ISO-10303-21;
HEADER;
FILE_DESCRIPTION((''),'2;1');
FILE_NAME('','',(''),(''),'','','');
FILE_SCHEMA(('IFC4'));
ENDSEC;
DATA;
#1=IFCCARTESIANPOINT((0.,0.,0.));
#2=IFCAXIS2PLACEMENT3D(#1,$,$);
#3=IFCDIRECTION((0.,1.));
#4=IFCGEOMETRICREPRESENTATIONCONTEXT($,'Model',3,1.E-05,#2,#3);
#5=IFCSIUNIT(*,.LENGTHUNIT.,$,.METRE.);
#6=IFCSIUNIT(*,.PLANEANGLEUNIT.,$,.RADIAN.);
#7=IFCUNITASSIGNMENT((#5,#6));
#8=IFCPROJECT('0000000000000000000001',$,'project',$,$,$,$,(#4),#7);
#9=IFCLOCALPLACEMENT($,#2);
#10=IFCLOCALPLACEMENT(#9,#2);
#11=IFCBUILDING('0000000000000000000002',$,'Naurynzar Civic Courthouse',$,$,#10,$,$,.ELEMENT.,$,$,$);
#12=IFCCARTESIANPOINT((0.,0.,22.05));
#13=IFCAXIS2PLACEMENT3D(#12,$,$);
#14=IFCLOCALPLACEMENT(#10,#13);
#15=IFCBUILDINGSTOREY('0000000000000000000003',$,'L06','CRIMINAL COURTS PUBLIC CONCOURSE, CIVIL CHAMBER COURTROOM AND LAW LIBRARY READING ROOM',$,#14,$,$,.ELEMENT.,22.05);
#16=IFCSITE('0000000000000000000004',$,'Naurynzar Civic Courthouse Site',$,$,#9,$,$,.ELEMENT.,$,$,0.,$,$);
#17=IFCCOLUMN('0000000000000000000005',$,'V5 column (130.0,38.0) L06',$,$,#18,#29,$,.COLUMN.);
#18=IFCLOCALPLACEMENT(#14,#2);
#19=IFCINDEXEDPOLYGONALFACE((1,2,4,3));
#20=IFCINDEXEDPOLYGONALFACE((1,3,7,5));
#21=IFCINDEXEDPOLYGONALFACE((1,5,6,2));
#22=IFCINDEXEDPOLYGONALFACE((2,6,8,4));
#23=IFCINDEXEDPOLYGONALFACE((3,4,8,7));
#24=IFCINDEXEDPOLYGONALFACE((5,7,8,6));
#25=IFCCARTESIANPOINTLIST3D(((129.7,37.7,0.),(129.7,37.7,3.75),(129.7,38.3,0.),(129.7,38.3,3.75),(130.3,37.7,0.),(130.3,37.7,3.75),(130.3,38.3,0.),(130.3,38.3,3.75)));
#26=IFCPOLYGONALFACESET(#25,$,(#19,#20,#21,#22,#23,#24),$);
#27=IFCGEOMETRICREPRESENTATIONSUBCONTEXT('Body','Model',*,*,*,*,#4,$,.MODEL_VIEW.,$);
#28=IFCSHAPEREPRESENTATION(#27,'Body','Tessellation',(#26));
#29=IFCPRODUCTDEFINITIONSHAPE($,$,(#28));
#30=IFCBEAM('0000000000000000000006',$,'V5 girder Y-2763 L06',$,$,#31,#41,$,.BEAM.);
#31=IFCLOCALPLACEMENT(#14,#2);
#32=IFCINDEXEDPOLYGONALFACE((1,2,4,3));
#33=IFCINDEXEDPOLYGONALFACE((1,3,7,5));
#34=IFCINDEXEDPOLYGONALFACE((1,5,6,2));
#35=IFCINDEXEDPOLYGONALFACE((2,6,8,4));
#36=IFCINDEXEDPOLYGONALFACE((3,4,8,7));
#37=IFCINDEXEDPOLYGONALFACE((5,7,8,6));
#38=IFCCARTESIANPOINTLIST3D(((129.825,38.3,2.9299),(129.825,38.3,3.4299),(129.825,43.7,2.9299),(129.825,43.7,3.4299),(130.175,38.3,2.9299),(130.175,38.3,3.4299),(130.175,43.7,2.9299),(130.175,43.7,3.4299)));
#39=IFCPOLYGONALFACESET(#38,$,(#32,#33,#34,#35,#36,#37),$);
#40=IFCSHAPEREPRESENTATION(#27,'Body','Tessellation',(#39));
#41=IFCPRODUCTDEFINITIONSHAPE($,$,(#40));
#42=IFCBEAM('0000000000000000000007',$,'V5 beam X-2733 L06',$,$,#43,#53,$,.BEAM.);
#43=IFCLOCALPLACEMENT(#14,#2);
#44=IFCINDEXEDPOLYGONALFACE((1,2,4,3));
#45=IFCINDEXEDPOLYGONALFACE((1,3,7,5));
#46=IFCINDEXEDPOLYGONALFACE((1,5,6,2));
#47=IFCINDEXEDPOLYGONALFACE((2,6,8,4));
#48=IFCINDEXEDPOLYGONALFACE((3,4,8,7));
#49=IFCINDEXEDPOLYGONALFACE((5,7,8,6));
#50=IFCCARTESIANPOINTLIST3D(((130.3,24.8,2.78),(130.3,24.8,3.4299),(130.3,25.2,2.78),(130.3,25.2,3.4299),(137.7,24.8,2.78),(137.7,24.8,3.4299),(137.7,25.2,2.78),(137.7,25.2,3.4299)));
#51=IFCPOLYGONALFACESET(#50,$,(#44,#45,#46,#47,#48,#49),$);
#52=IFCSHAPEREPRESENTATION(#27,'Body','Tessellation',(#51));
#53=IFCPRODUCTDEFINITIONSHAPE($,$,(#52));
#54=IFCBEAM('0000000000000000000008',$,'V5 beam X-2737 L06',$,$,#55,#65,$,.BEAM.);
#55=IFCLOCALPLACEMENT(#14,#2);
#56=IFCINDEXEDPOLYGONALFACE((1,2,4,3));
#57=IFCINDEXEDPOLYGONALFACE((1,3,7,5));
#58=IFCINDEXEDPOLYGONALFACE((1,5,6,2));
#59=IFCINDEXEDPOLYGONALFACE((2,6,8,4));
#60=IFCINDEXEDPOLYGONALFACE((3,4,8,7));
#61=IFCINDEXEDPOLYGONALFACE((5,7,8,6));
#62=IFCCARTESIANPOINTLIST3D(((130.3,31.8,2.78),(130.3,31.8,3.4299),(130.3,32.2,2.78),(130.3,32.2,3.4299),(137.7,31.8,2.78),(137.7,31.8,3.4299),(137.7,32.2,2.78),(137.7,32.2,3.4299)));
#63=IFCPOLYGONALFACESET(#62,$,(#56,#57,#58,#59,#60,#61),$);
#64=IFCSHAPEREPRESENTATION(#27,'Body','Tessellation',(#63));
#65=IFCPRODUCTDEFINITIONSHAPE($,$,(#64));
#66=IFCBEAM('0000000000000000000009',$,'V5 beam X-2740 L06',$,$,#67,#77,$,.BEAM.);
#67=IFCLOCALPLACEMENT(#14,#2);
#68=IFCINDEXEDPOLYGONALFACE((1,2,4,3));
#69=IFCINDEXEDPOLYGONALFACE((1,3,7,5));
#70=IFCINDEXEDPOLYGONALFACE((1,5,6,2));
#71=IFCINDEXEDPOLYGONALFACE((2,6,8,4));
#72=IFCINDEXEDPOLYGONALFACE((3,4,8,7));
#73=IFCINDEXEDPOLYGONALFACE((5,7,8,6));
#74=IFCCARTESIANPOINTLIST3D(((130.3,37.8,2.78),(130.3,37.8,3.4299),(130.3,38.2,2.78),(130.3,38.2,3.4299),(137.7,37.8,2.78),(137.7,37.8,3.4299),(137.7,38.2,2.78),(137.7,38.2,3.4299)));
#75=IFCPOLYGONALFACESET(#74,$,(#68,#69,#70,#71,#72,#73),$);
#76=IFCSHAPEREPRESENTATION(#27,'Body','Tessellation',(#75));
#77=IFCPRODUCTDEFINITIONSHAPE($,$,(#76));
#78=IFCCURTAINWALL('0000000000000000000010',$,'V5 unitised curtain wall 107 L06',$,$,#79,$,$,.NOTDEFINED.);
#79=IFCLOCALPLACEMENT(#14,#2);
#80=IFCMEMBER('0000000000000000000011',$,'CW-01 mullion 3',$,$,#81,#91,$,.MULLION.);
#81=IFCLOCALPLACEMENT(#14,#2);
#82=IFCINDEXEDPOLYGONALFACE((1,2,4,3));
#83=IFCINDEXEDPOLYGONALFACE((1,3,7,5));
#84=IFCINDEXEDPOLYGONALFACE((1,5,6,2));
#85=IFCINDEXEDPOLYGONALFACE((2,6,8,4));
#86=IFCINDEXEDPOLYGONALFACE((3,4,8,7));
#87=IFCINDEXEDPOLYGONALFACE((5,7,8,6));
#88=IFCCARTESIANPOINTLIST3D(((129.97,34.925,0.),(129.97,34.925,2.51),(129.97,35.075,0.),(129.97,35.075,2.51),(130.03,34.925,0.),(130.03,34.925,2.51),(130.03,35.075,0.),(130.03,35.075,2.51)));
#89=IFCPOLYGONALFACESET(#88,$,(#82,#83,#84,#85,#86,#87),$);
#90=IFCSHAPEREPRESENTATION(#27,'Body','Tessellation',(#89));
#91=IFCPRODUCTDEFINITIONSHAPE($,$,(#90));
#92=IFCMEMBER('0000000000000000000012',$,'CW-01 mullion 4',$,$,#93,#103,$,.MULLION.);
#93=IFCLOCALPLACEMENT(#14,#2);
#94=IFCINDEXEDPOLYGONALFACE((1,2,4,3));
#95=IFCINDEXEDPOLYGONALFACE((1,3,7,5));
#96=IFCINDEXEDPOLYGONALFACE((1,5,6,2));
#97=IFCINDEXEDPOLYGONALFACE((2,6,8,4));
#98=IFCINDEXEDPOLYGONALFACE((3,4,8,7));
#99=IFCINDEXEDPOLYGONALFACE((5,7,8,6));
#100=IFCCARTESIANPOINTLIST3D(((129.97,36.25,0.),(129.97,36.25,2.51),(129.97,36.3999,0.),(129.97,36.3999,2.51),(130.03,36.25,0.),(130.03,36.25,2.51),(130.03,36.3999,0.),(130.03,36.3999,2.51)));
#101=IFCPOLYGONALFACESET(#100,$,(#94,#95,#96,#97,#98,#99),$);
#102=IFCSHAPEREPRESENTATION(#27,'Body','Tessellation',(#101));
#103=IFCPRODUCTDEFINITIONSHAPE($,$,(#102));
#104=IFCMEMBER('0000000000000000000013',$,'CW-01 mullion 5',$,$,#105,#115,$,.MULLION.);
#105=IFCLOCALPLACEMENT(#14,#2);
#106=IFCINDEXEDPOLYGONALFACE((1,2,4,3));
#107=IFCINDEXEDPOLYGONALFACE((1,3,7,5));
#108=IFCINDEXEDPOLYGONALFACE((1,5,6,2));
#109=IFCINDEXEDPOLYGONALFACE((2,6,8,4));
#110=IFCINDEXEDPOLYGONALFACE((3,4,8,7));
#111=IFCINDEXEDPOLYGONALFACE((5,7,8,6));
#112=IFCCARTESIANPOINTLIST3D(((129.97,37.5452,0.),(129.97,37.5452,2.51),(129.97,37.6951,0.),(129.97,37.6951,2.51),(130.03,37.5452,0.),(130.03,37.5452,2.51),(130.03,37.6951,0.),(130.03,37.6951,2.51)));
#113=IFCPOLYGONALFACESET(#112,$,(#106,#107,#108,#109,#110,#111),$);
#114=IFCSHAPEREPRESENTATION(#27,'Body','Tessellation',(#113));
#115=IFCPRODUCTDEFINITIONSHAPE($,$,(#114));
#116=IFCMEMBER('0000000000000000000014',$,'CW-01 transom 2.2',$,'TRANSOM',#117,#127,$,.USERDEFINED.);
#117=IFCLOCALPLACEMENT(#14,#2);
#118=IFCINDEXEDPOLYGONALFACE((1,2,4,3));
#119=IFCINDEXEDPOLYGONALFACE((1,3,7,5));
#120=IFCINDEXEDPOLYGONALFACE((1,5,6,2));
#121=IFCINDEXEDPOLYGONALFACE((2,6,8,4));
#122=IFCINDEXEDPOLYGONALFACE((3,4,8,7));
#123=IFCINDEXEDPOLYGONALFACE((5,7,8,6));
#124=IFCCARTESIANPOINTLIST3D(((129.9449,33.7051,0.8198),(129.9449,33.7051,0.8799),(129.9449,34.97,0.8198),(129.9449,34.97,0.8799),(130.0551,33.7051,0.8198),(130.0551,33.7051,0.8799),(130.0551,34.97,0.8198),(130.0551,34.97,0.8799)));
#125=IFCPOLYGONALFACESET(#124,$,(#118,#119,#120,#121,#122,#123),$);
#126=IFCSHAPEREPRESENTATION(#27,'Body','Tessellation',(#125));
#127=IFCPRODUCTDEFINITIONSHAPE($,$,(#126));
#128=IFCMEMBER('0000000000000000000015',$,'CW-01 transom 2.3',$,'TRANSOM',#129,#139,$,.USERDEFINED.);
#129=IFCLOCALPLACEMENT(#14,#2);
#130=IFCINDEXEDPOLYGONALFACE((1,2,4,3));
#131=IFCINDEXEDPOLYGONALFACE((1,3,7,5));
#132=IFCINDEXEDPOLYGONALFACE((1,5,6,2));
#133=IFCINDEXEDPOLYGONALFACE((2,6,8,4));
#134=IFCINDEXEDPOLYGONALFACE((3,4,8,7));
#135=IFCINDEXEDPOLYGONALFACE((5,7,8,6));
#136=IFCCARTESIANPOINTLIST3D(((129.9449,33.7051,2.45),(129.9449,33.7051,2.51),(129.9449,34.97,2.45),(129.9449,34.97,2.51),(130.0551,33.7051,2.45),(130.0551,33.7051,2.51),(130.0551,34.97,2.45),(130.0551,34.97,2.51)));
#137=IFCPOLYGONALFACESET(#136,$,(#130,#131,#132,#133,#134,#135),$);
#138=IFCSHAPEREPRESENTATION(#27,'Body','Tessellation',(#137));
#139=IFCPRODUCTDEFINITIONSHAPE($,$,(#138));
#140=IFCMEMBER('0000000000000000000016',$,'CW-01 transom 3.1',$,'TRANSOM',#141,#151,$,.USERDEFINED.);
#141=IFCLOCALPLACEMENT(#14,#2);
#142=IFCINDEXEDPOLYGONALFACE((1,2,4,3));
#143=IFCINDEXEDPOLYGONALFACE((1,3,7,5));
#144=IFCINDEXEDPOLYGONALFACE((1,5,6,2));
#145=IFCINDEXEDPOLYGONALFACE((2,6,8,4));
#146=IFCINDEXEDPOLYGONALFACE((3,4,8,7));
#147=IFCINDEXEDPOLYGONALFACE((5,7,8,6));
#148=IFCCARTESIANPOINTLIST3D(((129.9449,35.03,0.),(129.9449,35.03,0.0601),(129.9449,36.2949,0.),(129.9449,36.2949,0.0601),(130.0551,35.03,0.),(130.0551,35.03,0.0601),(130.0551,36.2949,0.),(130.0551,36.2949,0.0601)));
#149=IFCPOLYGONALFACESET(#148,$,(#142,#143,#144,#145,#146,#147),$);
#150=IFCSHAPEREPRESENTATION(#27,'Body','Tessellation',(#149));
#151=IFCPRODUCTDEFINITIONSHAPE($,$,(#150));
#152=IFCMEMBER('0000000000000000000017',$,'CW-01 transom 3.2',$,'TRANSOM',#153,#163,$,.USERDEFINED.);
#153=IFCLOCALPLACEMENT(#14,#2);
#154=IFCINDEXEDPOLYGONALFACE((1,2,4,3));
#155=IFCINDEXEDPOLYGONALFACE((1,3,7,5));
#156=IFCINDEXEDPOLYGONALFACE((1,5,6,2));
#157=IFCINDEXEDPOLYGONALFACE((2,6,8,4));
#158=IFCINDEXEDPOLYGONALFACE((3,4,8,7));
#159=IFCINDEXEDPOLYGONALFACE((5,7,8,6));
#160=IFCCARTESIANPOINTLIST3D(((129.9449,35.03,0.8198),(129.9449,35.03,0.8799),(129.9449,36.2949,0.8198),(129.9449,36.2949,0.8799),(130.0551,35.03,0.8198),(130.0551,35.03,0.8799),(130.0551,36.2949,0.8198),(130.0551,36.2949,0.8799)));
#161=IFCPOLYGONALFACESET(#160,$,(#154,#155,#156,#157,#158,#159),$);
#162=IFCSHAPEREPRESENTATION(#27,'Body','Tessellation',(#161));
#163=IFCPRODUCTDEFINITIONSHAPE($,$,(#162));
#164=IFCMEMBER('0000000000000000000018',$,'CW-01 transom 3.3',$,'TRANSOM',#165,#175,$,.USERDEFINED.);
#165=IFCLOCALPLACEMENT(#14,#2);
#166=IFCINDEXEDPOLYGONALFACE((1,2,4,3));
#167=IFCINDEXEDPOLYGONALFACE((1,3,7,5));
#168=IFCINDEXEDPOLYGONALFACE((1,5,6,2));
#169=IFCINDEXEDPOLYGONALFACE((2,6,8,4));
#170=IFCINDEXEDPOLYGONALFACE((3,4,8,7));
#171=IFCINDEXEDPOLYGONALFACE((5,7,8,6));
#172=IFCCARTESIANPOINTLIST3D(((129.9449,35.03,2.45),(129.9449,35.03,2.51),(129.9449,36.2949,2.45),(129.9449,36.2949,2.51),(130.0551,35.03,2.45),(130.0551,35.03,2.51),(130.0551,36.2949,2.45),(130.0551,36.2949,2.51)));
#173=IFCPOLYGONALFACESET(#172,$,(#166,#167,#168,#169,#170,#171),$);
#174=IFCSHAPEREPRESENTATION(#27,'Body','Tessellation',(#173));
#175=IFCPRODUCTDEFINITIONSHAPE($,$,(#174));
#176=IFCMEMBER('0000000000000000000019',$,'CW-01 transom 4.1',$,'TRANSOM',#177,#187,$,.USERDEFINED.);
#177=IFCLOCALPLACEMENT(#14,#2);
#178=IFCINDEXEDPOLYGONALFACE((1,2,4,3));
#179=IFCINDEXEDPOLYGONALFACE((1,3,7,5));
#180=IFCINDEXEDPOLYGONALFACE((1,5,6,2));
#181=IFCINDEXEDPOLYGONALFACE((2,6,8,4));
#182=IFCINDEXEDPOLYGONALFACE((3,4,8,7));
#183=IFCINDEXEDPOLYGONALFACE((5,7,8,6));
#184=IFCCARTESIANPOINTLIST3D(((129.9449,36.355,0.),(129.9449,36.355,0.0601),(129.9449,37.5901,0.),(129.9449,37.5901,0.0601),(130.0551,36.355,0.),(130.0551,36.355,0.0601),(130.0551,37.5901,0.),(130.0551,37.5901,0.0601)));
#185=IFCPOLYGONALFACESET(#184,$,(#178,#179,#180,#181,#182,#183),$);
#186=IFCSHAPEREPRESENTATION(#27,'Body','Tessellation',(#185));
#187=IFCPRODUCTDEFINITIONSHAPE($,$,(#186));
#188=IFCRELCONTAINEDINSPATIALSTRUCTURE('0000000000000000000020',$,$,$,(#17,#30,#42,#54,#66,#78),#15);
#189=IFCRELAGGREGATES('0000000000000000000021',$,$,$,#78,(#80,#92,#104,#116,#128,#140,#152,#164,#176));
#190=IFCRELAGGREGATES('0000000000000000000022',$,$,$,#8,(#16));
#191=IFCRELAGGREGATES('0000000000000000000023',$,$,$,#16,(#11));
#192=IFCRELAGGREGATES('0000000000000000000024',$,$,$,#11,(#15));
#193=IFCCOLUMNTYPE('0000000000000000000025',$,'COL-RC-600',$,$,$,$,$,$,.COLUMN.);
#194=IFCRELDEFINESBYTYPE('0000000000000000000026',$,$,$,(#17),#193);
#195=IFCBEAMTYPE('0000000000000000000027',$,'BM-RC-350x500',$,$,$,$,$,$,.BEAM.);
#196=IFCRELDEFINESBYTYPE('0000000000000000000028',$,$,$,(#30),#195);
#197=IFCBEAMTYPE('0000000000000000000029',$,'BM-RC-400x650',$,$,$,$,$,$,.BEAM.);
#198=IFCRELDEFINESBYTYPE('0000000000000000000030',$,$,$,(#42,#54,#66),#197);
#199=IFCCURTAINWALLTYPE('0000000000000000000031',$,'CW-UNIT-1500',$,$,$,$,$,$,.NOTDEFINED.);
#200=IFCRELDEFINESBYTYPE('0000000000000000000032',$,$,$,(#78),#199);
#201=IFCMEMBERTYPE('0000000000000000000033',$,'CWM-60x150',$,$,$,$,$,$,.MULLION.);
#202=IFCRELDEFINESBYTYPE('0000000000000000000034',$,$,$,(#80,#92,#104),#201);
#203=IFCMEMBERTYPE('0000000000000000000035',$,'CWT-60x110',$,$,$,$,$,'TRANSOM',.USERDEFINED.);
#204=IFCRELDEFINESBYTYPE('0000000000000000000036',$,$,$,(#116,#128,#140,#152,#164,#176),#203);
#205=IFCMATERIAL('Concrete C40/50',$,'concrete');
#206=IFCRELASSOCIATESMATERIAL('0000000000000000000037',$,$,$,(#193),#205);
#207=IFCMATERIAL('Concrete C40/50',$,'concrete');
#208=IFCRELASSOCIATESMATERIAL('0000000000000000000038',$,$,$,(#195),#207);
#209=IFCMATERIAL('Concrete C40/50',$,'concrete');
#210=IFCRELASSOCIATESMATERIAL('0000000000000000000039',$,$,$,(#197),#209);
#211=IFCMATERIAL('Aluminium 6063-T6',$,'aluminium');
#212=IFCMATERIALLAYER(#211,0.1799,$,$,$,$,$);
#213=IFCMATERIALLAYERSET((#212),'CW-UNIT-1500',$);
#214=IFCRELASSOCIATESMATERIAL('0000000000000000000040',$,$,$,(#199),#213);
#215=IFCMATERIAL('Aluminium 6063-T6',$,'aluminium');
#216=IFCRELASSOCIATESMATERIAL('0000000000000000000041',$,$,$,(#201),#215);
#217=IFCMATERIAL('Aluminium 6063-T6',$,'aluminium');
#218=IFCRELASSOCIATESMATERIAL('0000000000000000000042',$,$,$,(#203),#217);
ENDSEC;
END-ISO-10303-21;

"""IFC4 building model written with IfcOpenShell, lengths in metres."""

from ifc_helpers import new_model, si_unit, direction, frame, origin, origin_2d, place, context, subcontext, project, spatial, rectangle, extrude, material, layer, layer_set, material_profile, profile_set, type_object, element, aggregate, save


model = new_model("IFC4")

# Units and contexts
model_context = context("Model", 3, precision=1e-05, world=origin(), true_north=direction((0.0, 1.0)))
body_context = subcontext(model_context, "Body", "Model", "MODEL_VIEW")
ifc_project = project(units=[si_unit("LENGTHUNIT", "METRE"), si_unit("PLANEANGLEUNIT", "RADIAN")], contexts=[model_context])

# Site, building, storey
site_placement = place(None, origin())
site = spatial("IfcSite", under=ifc_project, at=site_placement, Name="Naurynzar Civic Courthouse Site", CompositionType="ELEMENT", RefElevation=0.0)
building_placement = place(site_placement, origin())
building = spatial("IfcBuilding", under=site, at=building_placement, Name="Naurynzar Civic Courthouse", CompositionType="ELEMENT")
storey_placement = place(building_placement, frame((0.0, 0.0, 22.05)))
storey = spatial("IfcBuildingStorey", under=building, at=storey_placement, Name="L06", Description="CRIMINAL COURTS PUBLIC CONCOURSE, CIVIL CHAMBER COURTROOM AND LAW LIBRARY READING ROOM", CompositionType="ELEMENT", Elevation=22.05)

# Column
ifc_material_1 = material(Name="Concrete C40/50", Category="concrete")
ifc_material_profile_1 = material_profile(ifc_material_1, rectangle(XDim=0.6001, YDim=0.6001, at=origin_2d()), Name="RC 600x600")
ifc_profile_set_1 = profile_set([ifc_material_profile_1], Name="Concrete C40/50")
column_type = type_object("IfcColumnType", Name="COL-RC-600", PredefinedType="COLUMN", material=ifc_profile_set_1)
column_placement = place(storey_placement, frame((130.0, 38.0, 0.0), z_axis=(0.0, 0.0, 1.0), x_axis=(1.0, 0.0, 0.0)))
element("IfcColumn", 1, at=column_placement, inside=storey, type_object=column_type, Name="V5 column (130.0,38.0) L06", PredefinedType="COLUMN", context=body_context, shape_type="SweptSolid", body=[
    extrude(rectangle(XDim=0.6001, YDim=0.6001, at=origin_2d()), origin(), (0.0, 0.0, 1.0), 3.75),
])

# Beams
ifc_material_2 = material(Name="Concrete C40/50", Category="concrete")
ifc_material_profile_2 = material_profile(ifc_material_2, rectangle(XDim=0.3501, YDim=0.5, at=origin_2d()), Name="RCB 350x500")
ifc_profile_set_2 = profile_set([ifc_material_profile_2], Name="Concrete C40/50")
beam_type_1 = type_object("IfcBeamType", Name="BM-RC-350x500", PredefinedType="BEAM", material=ifc_profile_set_2)
beam_placement = place(storey_placement, frame((130.0, 38.3, 3.1799), z_axis=(0.0, 1.0, 0.0), x_axis=(-1.0, 0.0, 0.0)))
element("IfcBeam", 2, at=beam_placement, inside=storey, type_object=beam_type_1, Name="V5 girder Y-2763 L06", PredefinedType="BEAM", context=body_context, shape_type="SweptSolid", body=[
    extrude(rectangle(XDim=0.3501, YDim=0.5, at=origin_2d()), origin(), (0.0, 0.0, 1.0), 5.3999),
])
ifc_material_3 = material(Name="Concrete C40/50", Category="concrete")
ifc_material_profile_3 = material_profile(ifc_material_3, rectangle(XDim=0.3999, YDim=0.6499, at=origin_2d()), Name="RCB 400x650")
ifc_profile_set_3 = profile_set([ifc_material_profile_3], Name="Concrete C40/50")
beam_type_2 = type_object("IfcBeamType", Name="BM-RC-400x650", PredefinedType="BEAM", material=ifc_profile_set_3)
for number, where, z_axis, x_axis, name in (
    (3, (130.3, 25.0, 3.105), (1.0, 0.0, 0.0), (0.0, 1.0, 0.0), "V5 beam X-2733 L06"),
    (4, (130.3, 32.0, 3.105), (1.0, 0.0, 0.0), (0.0, 1.0, 0.0), "V5 beam X-2737 L06"),
    (5, (130.3, 38.0, 3.105), (1.0, 0.0, 0.0), (0.0, 1.0, 0.0), "V5 beam X-2740 L06"),
):
    element("IfcBeam", number, at=place(storey_placement, frame(where, z_axis=z_axis, x_axis=x_axis)), inside=storey, type_object=beam_type_2, Name=name, PredefinedType="BEAM", context=body_context, shape_type="SweptSolid", body=[
        extrude(rectangle(XDim=0.3999, YDim=0.6499, at=origin_2d()), origin(), (0.0, 0.0, 1.0), 7.3999),
    ])

# Curtain wall, members
ifc_material_4 = material(Name="Aluminium 6063-T6", Category="aluminium")
ifc_layer_1 = layer(ifc_material_4, 0.1799)
ifc_layer_set_1 = layer_set([ifc_layer_1], Name="CW-UNIT-1500")
curtain_wall_type = type_object("IfcCurtainWallType", Name="CW-UNIT-1500", PredefinedType="NOTDEFINED", material=ifc_layer_set_1)
curtain_wall_placement = place(storey_placement, origin())
curtain_wall = element("IfcCurtainWall", 6, at=curtain_wall_placement, inside=storey, type_object=curtain_wall_type, Name="V5 unitised curtain wall 107 L06", PredefinedType="NOTDEFINED")
ifc_material_5 = material(Name="Aluminium 6063-T6", Category="aluminium")
ifc_material_profile_4 = material_profile(ifc_material_5, rectangle(XDim=0.0601, YDim=0.1499, at=origin_2d()), Name="ALU MULLION 60x150")
ifc_profile_set_4 = profile_set([ifc_material_profile_4], Name="Aluminium 6063-T6")
member_type_1 = type_object("IfcMemberType", Name="CWM-60x150", PredefinedType="MULLION", material=ifc_profile_set_4)
member_1_placement = place(storey_placement, frame((130.0, 35.0, 0.0), z_axis=(0.0, 0.0, 1.0), x_axis=(-1.0, 0.0, 0.0)))
member_1 = element("IfcMember", 7, at=member_1_placement, type_object=member_type_1, Name="CW-01 mullion 3", PredefinedType="MULLION", context=body_context, shape_type="SweptSolid", body=[
    extrude(rectangle(XDim=0.0601, YDim=0.1499, at=origin_2d()), origin(), (0.0, 0.0, 1.0), 2.51),
])
member_2_placement = place(storey_placement, frame((130.0, 36.325, 0.0), z_axis=(0.0, 0.0, 1.0), x_axis=(-1.0, 0.0, 0.0)))
member_2 = element("IfcMember", 8, at=member_2_placement, type_object=member_type_1, Name="CW-01 mullion 4", PredefinedType="MULLION", context=body_context, shape_type="SweptSolid", body=[
    extrude(rectangle(XDim=0.0601, YDim=0.1499, at=origin_2d()), origin(), (0.0, 0.0, 1.0), 2.51),
])
member_3_placement = place(storey_placement, frame((130.0, 37.6201, 0.0), z_axis=(0.0, 0.0, 1.0), x_axis=(-1.0, 0.0, 0.0)))
member_3 = element("IfcMember", 9, at=member_3_placement, type_object=member_type_1, Name="CW-01 mullion 5", PredefinedType="MULLION", context=body_context, shape_type="SweptSolid", body=[
    extrude(rectangle(XDim=0.0601, YDim=0.1499, at=origin_2d()), origin(), (0.0, 0.0, 1.0), 2.51),
])
ifc_material_6 = material(Name="Aluminium 6063-T6", Category="aluminium")
ifc_material_profile_5 = material_profile(ifc_material_6, rectangle(XDim=0.1101, YDim=0.0601, at=origin_2d()), Name="ALU TRANSOM 60x110")
ifc_profile_set_5 = profile_set([ifc_material_profile_5], Name="Aluminium 6063-T6")
member_type_2 = type_object("IfcMemberType", Name="CWT-60x110", ElementType="TRANSOM", PredefinedType="USERDEFINED", material=ifc_profile_set_5)
member_4_placement = place(storey_placement, frame((130.0, 33.7051, 0.8499), z_axis=(0.0, 1.0, 0.0), x_axis=(-1.0, 0.0, 0.0)))
member_4 = element("IfcMember", 10, at=member_4_placement, type_object=member_type_2, Name="CW-01 transom 2.2", ObjectType="TRANSOM", PredefinedType="USERDEFINED", context=body_context, shape_type="SweptSolid", body=[
    extrude(rectangle(XDim=0.1101, YDim=0.0601, at=origin_2d()), origin(), (0.0, 0.0, 1.0), 1.2649),
])
member_5_placement = place(storey_placement, frame((130.0, 33.7051, 2.48), z_axis=(0.0, 1.0, 0.0), x_axis=(-1.0, 0.0, 0.0)))
member_5 = element("IfcMember", 11, at=member_5_placement, type_object=member_type_2, Name="CW-01 transom 2.3", ObjectType="TRANSOM", PredefinedType="USERDEFINED", context=body_context, shape_type="SweptSolid", body=[
    extrude(rectangle(XDim=0.1101, YDim=0.0601, at=origin_2d()), origin(), (0.0, 0.0, 1.0), 1.2649),
])
member_6_placement = place(storey_placement, frame((130.0, 35.03, 0.03), z_axis=(0.0, 1.0, 0.0), x_axis=(-1.0, 0.0, 0.0)))
member_6 = element("IfcMember", 12, at=member_6_placement, type_object=member_type_2, Name="CW-01 transom 3.1", ObjectType="TRANSOM", PredefinedType="USERDEFINED", context=body_context, shape_type="SweptSolid", body=[
    extrude(rectangle(XDim=0.1101, YDim=0.0601, at=origin_2d()), origin(), (0.0, 0.0, 1.0), 1.2649),
])
member_7_placement = place(storey_placement, frame((130.0, 35.03, 0.8499), z_axis=(0.0, 1.0, 0.0), x_axis=(-1.0, 0.0, 0.0)))
member_7 = element("IfcMember", 13, at=member_7_placement, type_object=member_type_2, Name="CW-01 transom 3.2", ObjectType="TRANSOM", PredefinedType="USERDEFINED", context=body_context, shape_type="SweptSolid", body=[
    extrude(rectangle(XDim=0.1101, YDim=0.0601, at=origin_2d()), origin(), (0.0, 0.0, 1.0), 1.2649),
])
member_8_placement = place(storey_placement, frame((130.0, 35.03, 2.48), z_axis=(0.0, 1.0, 0.0), x_axis=(-1.0, 0.0, 0.0)))
member_8 = element("IfcMember", 14, at=member_8_placement, type_object=member_type_2, Name="CW-01 transom 3.3", ObjectType="TRANSOM", PredefinedType="USERDEFINED", context=body_context, shape_type="SweptSolid", body=[
    extrude(rectangle(XDim=0.1101, YDim=0.0601, at=origin_2d()), origin(), (0.0, 0.0, 1.0), 1.2649),
])
member_9_placement = place(storey_placement, frame((130.0, 36.355, 0.03), z_axis=(0.0, 1.0, 0.0), x_axis=(-1.0, 0.0, 0.0)))
member_9 = element("IfcMember", 15, at=member_9_placement, type_object=member_type_2, Name="CW-01 transom 4.1", ObjectType="TRANSOM", PredefinedType="USERDEFINED", context=body_context, shape_type="SweptSolid", body=[
    extrude(rectangle(XDim=0.1101, YDim=0.0601, at=origin_2d()), origin(), (0.0, 0.0, 1.0), 1.2351),
])
aggregate(curtain_wall, [member_1, member_2, member_3, member_4, member_5, member_6, member_7, member_8, member_9])

save(model, "model.ifc")
